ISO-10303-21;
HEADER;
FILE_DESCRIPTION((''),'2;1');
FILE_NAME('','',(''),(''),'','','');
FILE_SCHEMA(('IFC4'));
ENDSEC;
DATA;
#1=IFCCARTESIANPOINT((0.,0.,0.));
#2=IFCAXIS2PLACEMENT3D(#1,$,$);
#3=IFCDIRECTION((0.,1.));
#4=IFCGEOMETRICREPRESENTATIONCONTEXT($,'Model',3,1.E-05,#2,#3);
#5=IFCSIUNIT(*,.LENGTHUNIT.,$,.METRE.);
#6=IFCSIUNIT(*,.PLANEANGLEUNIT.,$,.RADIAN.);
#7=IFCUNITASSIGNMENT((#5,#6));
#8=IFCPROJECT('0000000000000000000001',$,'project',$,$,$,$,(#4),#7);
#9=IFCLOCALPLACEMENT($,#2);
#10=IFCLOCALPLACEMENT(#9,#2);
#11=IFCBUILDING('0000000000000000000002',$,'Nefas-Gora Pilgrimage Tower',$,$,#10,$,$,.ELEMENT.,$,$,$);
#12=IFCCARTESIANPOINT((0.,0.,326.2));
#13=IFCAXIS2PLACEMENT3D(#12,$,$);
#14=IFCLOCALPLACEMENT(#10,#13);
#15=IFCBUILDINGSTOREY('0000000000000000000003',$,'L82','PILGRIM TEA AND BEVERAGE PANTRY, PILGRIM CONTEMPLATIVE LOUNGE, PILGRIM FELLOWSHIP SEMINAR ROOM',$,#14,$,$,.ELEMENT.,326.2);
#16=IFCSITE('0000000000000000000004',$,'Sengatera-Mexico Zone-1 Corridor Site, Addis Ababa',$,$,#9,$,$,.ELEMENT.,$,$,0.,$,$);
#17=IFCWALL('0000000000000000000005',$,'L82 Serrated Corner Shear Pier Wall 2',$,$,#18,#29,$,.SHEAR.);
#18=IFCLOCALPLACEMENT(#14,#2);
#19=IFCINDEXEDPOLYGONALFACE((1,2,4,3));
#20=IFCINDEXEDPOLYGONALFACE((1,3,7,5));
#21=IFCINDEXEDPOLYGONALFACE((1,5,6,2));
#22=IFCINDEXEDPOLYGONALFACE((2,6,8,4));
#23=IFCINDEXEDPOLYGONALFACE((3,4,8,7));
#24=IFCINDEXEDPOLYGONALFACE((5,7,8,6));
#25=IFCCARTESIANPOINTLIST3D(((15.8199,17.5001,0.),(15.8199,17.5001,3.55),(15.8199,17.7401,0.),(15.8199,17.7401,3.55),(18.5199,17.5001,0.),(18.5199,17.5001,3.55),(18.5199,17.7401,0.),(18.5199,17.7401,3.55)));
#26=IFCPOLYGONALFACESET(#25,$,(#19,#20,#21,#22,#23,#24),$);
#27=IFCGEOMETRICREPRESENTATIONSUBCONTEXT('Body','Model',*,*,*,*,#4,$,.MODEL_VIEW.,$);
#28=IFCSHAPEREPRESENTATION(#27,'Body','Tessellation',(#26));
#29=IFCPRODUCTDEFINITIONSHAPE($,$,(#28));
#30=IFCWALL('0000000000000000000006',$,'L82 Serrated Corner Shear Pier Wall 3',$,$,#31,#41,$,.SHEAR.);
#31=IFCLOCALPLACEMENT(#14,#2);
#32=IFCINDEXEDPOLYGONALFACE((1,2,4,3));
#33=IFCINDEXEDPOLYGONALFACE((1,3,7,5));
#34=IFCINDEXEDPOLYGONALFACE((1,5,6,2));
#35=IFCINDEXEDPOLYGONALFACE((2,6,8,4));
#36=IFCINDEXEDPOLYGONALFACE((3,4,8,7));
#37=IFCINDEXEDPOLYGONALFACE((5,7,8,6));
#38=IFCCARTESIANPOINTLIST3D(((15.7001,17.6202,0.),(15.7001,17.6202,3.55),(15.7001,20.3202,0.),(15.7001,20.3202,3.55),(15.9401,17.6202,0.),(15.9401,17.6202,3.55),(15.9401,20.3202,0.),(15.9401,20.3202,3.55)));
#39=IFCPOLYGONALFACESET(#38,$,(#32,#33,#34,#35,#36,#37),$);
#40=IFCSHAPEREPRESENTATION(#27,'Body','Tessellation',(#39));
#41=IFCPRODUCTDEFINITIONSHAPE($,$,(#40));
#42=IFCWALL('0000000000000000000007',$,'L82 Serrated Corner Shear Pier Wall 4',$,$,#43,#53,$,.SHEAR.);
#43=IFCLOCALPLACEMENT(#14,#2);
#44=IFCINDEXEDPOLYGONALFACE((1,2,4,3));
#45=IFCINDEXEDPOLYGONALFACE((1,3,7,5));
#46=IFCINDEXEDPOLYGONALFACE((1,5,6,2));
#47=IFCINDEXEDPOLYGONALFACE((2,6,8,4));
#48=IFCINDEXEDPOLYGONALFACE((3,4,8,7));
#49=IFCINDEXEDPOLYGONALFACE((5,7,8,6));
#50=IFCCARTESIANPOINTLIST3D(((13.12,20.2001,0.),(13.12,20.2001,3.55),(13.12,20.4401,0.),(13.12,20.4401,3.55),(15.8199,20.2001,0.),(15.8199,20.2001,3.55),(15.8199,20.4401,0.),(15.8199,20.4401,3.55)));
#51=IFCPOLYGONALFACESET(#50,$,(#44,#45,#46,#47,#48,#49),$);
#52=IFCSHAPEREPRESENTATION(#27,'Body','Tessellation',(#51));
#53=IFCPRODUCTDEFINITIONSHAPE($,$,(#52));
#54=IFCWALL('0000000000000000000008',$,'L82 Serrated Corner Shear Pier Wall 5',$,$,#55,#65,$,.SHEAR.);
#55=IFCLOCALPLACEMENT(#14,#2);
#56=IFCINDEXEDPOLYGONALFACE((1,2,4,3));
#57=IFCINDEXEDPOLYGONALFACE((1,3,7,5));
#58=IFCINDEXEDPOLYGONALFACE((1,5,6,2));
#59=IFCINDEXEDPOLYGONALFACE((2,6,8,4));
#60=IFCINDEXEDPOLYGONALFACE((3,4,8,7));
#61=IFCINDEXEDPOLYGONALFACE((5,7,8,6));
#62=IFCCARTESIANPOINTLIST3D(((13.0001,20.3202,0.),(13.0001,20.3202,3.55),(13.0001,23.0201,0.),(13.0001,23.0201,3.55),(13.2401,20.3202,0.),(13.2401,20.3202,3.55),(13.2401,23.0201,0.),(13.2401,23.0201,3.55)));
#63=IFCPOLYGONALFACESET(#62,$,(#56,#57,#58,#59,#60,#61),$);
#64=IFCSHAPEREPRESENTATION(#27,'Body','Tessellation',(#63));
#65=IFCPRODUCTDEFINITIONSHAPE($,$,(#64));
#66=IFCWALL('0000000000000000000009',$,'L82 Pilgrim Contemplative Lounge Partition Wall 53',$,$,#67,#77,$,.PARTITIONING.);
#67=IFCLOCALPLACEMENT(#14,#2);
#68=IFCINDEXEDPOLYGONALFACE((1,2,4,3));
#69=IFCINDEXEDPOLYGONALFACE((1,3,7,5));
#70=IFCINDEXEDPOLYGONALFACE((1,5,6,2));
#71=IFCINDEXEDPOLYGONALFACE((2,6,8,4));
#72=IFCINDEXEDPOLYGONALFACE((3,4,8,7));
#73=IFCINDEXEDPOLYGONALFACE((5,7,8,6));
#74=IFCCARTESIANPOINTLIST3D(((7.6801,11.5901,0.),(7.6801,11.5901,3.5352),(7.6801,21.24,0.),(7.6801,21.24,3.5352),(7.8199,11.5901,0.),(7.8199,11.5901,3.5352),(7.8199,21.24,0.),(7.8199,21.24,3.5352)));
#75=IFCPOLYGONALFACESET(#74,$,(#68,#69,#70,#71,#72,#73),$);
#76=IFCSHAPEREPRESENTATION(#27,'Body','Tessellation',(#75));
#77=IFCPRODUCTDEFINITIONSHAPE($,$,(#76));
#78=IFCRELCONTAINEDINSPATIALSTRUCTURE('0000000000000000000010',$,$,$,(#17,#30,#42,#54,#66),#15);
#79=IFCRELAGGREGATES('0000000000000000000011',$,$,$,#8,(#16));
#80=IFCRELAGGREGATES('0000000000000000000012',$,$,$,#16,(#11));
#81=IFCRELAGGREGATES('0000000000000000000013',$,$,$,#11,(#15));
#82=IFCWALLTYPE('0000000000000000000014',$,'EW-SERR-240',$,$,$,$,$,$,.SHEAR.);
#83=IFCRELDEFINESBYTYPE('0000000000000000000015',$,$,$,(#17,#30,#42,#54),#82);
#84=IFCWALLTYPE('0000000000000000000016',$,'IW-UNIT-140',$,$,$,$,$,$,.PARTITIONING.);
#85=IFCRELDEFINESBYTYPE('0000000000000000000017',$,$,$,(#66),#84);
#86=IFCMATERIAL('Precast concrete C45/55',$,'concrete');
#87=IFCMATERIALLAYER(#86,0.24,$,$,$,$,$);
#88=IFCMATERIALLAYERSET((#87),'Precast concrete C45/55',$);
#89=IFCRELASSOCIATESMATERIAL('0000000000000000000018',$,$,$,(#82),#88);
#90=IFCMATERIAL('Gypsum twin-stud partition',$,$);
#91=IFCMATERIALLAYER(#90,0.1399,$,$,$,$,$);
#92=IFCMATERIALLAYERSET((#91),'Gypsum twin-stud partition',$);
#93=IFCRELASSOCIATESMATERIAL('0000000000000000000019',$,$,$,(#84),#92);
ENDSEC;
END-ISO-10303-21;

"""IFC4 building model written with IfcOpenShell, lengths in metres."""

from ifc_helpers import new_model, si_unit, direction, frame, frame_2d, origin, place, context, subcontext, project, spatial, rectangle, extrude, source, transform, mapped, material, layer, layer_set, type_object, element, save


model = new_model("IFC4")

# Units and contexts
model_context = context("Model", 3, precision=1e-05, world=origin(), true_north=direction((0.0, 1.0)))
body_context = subcontext(model_context, "Body", "Model", "MODEL_VIEW")
ifc_project = project(units=[si_unit("LENGTHUNIT", "METRE"), si_unit("PLANEANGLEUNIT", "RADIAN")], contexts=[model_context])

# Site, building, storey
site_placement = place(None, origin())
site = spatial("IfcSite", under=ifc_project, at=site_placement, Name="Sengatera-Mexico Zone-1 Corridor Site, Addis Ababa", CompositionType="ELEMENT", RefElevation=0.0)
building_placement = place(site_placement, origin())
building = spatial("IfcBuilding", under=site, at=building_placement, Name="Nefas-Gora Pilgrimage Tower", CompositionType="ELEMENT")
storey_placement = place(building_placement, frame((0.0, 0.0, 326.2)))
storey = spatial("IfcBuildingStorey", under=building, at=storey_placement, Name="L82", Description="PILGRIM TEA AND BEVERAGE PANTRY, PILGRIM CONTEMPLATIVE LOUNGE, PILGRIM FELLOWSHIP SEMINAR ROOM", CompositionType="ELEMENT", Elevation=326.2)

# Walls
ifc_material_1 = material(Name="Precast concrete C45/55", Category="concrete")
ifc_layer_1 = layer(ifc_material_1, 0.24)
ifc_layer_set_1 = layer_set([ifc_layer_1], Name="Precast concrete C45/55")
wall_type_1 = type_object("IfcWallType", Name="EW-SERR-240", PredefinedType="SHEAR", material=ifc_layer_set_1)
shared_shape_1 = source(origin(), body_context, "Body", "SweptSolid", [
    extrude(rectangle(XDim=2.7, YDim=0.24, at=frame_2d((1.3501, 0.0))), origin(), (0.0, 0.0, 1.0), 3.55),
])
for number, where, z_axis, x_axis, name in (
    (1, (18.52, 17.6201, 0.0), (0.0, 0.0, 1.0), (-1.0, 0.0, 0.0), "L82 Serrated Corner Shear Pier Wall 2"),
    (2, (15.8201, 17.6201, 0.0), (0.0, 0.0, 1.0), (0.0, 1.0, 0.0), "L82 Serrated Corner Shear Pier Wall 3"),
    (3, (15.8201, 20.3201, 0.0), (0.0, 0.0, 1.0), (-1.0, 0.0, 0.0), "L82 Serrated Corner Shear Pier Wall 4"),
    (4, (13.1201, 20.3201, 0.0), (0.0, 0.0, 1.0), (0.0, 1.0, 0.0), "L82 Serrated Corner Shear Pier Wall 5"),
):
    element("IfcWall", number, at=place(storey_placement, frame(where, z_axis=z_axis, x_axis=x_axis)), inside=storey, type_object=wall_type_1, Name=name, PredefinedType="SHEAR", context=body_context, shape_type="MappedRepresentation", body=[
        mapped(shared_shape_1, transform((0.0, 0.0, 0.0), x_axis=(1.0, 0.0, 0.0), y_axis=(0.0, 1.0, 0.0), z_axis=(0.0, 0.0, 1.0), scale=1.0)),
    ])
ifc_material_2 = material(Name="Gypsum twin-stud partition")
ifc_layer_2 = layer(ifc_material_2, 0.1399)
ifc_layer_set_2 = layer_set([ifc_layer_2], Name="Gypsum twin-stud partition")
wall_type_2 = type_object("IfcWallType", Name="IW-UNIT-140", PredefinedType="PARTITIONING", material=ifc_layer_set_2)
shared_shape_2 = source(origin(), body_context, "Body", "SweptSolid", [
    extrude(rectangle(XDim=9.6499, YDim=0.1399, at=frame_2d((4.825, 0.0))), origin(), (0.0, 0.0, 1.0), 3.5352),
])
wall_1_placement = place(storey_placement, frame((7.75, 11.5901, 0.0), z_axis=(0.0, 0.0, 1.0), x_axis=(0.0, 1.0, 0.0)))
element("IfcWall", 5, at=wall_1_placement, inside=storey, type_object=wall_type_2, Name="L82 Pilgrim Contemplative Lounge Partition Wall 53", PredefinedType="PARTITIONING", context=body_context, shape_type="MappedRepresentation", body=[
    mapped(shared_shape_2, transform((0.0, 0.0, 0.0), x_axis=(1.0, 0.0, 0.0), y_axis=(0.0, 1.0, 0.0), z_axis=(0.0, 0.0, 1.0), scale=1.0)),
])

save(model, "model.ifc")
